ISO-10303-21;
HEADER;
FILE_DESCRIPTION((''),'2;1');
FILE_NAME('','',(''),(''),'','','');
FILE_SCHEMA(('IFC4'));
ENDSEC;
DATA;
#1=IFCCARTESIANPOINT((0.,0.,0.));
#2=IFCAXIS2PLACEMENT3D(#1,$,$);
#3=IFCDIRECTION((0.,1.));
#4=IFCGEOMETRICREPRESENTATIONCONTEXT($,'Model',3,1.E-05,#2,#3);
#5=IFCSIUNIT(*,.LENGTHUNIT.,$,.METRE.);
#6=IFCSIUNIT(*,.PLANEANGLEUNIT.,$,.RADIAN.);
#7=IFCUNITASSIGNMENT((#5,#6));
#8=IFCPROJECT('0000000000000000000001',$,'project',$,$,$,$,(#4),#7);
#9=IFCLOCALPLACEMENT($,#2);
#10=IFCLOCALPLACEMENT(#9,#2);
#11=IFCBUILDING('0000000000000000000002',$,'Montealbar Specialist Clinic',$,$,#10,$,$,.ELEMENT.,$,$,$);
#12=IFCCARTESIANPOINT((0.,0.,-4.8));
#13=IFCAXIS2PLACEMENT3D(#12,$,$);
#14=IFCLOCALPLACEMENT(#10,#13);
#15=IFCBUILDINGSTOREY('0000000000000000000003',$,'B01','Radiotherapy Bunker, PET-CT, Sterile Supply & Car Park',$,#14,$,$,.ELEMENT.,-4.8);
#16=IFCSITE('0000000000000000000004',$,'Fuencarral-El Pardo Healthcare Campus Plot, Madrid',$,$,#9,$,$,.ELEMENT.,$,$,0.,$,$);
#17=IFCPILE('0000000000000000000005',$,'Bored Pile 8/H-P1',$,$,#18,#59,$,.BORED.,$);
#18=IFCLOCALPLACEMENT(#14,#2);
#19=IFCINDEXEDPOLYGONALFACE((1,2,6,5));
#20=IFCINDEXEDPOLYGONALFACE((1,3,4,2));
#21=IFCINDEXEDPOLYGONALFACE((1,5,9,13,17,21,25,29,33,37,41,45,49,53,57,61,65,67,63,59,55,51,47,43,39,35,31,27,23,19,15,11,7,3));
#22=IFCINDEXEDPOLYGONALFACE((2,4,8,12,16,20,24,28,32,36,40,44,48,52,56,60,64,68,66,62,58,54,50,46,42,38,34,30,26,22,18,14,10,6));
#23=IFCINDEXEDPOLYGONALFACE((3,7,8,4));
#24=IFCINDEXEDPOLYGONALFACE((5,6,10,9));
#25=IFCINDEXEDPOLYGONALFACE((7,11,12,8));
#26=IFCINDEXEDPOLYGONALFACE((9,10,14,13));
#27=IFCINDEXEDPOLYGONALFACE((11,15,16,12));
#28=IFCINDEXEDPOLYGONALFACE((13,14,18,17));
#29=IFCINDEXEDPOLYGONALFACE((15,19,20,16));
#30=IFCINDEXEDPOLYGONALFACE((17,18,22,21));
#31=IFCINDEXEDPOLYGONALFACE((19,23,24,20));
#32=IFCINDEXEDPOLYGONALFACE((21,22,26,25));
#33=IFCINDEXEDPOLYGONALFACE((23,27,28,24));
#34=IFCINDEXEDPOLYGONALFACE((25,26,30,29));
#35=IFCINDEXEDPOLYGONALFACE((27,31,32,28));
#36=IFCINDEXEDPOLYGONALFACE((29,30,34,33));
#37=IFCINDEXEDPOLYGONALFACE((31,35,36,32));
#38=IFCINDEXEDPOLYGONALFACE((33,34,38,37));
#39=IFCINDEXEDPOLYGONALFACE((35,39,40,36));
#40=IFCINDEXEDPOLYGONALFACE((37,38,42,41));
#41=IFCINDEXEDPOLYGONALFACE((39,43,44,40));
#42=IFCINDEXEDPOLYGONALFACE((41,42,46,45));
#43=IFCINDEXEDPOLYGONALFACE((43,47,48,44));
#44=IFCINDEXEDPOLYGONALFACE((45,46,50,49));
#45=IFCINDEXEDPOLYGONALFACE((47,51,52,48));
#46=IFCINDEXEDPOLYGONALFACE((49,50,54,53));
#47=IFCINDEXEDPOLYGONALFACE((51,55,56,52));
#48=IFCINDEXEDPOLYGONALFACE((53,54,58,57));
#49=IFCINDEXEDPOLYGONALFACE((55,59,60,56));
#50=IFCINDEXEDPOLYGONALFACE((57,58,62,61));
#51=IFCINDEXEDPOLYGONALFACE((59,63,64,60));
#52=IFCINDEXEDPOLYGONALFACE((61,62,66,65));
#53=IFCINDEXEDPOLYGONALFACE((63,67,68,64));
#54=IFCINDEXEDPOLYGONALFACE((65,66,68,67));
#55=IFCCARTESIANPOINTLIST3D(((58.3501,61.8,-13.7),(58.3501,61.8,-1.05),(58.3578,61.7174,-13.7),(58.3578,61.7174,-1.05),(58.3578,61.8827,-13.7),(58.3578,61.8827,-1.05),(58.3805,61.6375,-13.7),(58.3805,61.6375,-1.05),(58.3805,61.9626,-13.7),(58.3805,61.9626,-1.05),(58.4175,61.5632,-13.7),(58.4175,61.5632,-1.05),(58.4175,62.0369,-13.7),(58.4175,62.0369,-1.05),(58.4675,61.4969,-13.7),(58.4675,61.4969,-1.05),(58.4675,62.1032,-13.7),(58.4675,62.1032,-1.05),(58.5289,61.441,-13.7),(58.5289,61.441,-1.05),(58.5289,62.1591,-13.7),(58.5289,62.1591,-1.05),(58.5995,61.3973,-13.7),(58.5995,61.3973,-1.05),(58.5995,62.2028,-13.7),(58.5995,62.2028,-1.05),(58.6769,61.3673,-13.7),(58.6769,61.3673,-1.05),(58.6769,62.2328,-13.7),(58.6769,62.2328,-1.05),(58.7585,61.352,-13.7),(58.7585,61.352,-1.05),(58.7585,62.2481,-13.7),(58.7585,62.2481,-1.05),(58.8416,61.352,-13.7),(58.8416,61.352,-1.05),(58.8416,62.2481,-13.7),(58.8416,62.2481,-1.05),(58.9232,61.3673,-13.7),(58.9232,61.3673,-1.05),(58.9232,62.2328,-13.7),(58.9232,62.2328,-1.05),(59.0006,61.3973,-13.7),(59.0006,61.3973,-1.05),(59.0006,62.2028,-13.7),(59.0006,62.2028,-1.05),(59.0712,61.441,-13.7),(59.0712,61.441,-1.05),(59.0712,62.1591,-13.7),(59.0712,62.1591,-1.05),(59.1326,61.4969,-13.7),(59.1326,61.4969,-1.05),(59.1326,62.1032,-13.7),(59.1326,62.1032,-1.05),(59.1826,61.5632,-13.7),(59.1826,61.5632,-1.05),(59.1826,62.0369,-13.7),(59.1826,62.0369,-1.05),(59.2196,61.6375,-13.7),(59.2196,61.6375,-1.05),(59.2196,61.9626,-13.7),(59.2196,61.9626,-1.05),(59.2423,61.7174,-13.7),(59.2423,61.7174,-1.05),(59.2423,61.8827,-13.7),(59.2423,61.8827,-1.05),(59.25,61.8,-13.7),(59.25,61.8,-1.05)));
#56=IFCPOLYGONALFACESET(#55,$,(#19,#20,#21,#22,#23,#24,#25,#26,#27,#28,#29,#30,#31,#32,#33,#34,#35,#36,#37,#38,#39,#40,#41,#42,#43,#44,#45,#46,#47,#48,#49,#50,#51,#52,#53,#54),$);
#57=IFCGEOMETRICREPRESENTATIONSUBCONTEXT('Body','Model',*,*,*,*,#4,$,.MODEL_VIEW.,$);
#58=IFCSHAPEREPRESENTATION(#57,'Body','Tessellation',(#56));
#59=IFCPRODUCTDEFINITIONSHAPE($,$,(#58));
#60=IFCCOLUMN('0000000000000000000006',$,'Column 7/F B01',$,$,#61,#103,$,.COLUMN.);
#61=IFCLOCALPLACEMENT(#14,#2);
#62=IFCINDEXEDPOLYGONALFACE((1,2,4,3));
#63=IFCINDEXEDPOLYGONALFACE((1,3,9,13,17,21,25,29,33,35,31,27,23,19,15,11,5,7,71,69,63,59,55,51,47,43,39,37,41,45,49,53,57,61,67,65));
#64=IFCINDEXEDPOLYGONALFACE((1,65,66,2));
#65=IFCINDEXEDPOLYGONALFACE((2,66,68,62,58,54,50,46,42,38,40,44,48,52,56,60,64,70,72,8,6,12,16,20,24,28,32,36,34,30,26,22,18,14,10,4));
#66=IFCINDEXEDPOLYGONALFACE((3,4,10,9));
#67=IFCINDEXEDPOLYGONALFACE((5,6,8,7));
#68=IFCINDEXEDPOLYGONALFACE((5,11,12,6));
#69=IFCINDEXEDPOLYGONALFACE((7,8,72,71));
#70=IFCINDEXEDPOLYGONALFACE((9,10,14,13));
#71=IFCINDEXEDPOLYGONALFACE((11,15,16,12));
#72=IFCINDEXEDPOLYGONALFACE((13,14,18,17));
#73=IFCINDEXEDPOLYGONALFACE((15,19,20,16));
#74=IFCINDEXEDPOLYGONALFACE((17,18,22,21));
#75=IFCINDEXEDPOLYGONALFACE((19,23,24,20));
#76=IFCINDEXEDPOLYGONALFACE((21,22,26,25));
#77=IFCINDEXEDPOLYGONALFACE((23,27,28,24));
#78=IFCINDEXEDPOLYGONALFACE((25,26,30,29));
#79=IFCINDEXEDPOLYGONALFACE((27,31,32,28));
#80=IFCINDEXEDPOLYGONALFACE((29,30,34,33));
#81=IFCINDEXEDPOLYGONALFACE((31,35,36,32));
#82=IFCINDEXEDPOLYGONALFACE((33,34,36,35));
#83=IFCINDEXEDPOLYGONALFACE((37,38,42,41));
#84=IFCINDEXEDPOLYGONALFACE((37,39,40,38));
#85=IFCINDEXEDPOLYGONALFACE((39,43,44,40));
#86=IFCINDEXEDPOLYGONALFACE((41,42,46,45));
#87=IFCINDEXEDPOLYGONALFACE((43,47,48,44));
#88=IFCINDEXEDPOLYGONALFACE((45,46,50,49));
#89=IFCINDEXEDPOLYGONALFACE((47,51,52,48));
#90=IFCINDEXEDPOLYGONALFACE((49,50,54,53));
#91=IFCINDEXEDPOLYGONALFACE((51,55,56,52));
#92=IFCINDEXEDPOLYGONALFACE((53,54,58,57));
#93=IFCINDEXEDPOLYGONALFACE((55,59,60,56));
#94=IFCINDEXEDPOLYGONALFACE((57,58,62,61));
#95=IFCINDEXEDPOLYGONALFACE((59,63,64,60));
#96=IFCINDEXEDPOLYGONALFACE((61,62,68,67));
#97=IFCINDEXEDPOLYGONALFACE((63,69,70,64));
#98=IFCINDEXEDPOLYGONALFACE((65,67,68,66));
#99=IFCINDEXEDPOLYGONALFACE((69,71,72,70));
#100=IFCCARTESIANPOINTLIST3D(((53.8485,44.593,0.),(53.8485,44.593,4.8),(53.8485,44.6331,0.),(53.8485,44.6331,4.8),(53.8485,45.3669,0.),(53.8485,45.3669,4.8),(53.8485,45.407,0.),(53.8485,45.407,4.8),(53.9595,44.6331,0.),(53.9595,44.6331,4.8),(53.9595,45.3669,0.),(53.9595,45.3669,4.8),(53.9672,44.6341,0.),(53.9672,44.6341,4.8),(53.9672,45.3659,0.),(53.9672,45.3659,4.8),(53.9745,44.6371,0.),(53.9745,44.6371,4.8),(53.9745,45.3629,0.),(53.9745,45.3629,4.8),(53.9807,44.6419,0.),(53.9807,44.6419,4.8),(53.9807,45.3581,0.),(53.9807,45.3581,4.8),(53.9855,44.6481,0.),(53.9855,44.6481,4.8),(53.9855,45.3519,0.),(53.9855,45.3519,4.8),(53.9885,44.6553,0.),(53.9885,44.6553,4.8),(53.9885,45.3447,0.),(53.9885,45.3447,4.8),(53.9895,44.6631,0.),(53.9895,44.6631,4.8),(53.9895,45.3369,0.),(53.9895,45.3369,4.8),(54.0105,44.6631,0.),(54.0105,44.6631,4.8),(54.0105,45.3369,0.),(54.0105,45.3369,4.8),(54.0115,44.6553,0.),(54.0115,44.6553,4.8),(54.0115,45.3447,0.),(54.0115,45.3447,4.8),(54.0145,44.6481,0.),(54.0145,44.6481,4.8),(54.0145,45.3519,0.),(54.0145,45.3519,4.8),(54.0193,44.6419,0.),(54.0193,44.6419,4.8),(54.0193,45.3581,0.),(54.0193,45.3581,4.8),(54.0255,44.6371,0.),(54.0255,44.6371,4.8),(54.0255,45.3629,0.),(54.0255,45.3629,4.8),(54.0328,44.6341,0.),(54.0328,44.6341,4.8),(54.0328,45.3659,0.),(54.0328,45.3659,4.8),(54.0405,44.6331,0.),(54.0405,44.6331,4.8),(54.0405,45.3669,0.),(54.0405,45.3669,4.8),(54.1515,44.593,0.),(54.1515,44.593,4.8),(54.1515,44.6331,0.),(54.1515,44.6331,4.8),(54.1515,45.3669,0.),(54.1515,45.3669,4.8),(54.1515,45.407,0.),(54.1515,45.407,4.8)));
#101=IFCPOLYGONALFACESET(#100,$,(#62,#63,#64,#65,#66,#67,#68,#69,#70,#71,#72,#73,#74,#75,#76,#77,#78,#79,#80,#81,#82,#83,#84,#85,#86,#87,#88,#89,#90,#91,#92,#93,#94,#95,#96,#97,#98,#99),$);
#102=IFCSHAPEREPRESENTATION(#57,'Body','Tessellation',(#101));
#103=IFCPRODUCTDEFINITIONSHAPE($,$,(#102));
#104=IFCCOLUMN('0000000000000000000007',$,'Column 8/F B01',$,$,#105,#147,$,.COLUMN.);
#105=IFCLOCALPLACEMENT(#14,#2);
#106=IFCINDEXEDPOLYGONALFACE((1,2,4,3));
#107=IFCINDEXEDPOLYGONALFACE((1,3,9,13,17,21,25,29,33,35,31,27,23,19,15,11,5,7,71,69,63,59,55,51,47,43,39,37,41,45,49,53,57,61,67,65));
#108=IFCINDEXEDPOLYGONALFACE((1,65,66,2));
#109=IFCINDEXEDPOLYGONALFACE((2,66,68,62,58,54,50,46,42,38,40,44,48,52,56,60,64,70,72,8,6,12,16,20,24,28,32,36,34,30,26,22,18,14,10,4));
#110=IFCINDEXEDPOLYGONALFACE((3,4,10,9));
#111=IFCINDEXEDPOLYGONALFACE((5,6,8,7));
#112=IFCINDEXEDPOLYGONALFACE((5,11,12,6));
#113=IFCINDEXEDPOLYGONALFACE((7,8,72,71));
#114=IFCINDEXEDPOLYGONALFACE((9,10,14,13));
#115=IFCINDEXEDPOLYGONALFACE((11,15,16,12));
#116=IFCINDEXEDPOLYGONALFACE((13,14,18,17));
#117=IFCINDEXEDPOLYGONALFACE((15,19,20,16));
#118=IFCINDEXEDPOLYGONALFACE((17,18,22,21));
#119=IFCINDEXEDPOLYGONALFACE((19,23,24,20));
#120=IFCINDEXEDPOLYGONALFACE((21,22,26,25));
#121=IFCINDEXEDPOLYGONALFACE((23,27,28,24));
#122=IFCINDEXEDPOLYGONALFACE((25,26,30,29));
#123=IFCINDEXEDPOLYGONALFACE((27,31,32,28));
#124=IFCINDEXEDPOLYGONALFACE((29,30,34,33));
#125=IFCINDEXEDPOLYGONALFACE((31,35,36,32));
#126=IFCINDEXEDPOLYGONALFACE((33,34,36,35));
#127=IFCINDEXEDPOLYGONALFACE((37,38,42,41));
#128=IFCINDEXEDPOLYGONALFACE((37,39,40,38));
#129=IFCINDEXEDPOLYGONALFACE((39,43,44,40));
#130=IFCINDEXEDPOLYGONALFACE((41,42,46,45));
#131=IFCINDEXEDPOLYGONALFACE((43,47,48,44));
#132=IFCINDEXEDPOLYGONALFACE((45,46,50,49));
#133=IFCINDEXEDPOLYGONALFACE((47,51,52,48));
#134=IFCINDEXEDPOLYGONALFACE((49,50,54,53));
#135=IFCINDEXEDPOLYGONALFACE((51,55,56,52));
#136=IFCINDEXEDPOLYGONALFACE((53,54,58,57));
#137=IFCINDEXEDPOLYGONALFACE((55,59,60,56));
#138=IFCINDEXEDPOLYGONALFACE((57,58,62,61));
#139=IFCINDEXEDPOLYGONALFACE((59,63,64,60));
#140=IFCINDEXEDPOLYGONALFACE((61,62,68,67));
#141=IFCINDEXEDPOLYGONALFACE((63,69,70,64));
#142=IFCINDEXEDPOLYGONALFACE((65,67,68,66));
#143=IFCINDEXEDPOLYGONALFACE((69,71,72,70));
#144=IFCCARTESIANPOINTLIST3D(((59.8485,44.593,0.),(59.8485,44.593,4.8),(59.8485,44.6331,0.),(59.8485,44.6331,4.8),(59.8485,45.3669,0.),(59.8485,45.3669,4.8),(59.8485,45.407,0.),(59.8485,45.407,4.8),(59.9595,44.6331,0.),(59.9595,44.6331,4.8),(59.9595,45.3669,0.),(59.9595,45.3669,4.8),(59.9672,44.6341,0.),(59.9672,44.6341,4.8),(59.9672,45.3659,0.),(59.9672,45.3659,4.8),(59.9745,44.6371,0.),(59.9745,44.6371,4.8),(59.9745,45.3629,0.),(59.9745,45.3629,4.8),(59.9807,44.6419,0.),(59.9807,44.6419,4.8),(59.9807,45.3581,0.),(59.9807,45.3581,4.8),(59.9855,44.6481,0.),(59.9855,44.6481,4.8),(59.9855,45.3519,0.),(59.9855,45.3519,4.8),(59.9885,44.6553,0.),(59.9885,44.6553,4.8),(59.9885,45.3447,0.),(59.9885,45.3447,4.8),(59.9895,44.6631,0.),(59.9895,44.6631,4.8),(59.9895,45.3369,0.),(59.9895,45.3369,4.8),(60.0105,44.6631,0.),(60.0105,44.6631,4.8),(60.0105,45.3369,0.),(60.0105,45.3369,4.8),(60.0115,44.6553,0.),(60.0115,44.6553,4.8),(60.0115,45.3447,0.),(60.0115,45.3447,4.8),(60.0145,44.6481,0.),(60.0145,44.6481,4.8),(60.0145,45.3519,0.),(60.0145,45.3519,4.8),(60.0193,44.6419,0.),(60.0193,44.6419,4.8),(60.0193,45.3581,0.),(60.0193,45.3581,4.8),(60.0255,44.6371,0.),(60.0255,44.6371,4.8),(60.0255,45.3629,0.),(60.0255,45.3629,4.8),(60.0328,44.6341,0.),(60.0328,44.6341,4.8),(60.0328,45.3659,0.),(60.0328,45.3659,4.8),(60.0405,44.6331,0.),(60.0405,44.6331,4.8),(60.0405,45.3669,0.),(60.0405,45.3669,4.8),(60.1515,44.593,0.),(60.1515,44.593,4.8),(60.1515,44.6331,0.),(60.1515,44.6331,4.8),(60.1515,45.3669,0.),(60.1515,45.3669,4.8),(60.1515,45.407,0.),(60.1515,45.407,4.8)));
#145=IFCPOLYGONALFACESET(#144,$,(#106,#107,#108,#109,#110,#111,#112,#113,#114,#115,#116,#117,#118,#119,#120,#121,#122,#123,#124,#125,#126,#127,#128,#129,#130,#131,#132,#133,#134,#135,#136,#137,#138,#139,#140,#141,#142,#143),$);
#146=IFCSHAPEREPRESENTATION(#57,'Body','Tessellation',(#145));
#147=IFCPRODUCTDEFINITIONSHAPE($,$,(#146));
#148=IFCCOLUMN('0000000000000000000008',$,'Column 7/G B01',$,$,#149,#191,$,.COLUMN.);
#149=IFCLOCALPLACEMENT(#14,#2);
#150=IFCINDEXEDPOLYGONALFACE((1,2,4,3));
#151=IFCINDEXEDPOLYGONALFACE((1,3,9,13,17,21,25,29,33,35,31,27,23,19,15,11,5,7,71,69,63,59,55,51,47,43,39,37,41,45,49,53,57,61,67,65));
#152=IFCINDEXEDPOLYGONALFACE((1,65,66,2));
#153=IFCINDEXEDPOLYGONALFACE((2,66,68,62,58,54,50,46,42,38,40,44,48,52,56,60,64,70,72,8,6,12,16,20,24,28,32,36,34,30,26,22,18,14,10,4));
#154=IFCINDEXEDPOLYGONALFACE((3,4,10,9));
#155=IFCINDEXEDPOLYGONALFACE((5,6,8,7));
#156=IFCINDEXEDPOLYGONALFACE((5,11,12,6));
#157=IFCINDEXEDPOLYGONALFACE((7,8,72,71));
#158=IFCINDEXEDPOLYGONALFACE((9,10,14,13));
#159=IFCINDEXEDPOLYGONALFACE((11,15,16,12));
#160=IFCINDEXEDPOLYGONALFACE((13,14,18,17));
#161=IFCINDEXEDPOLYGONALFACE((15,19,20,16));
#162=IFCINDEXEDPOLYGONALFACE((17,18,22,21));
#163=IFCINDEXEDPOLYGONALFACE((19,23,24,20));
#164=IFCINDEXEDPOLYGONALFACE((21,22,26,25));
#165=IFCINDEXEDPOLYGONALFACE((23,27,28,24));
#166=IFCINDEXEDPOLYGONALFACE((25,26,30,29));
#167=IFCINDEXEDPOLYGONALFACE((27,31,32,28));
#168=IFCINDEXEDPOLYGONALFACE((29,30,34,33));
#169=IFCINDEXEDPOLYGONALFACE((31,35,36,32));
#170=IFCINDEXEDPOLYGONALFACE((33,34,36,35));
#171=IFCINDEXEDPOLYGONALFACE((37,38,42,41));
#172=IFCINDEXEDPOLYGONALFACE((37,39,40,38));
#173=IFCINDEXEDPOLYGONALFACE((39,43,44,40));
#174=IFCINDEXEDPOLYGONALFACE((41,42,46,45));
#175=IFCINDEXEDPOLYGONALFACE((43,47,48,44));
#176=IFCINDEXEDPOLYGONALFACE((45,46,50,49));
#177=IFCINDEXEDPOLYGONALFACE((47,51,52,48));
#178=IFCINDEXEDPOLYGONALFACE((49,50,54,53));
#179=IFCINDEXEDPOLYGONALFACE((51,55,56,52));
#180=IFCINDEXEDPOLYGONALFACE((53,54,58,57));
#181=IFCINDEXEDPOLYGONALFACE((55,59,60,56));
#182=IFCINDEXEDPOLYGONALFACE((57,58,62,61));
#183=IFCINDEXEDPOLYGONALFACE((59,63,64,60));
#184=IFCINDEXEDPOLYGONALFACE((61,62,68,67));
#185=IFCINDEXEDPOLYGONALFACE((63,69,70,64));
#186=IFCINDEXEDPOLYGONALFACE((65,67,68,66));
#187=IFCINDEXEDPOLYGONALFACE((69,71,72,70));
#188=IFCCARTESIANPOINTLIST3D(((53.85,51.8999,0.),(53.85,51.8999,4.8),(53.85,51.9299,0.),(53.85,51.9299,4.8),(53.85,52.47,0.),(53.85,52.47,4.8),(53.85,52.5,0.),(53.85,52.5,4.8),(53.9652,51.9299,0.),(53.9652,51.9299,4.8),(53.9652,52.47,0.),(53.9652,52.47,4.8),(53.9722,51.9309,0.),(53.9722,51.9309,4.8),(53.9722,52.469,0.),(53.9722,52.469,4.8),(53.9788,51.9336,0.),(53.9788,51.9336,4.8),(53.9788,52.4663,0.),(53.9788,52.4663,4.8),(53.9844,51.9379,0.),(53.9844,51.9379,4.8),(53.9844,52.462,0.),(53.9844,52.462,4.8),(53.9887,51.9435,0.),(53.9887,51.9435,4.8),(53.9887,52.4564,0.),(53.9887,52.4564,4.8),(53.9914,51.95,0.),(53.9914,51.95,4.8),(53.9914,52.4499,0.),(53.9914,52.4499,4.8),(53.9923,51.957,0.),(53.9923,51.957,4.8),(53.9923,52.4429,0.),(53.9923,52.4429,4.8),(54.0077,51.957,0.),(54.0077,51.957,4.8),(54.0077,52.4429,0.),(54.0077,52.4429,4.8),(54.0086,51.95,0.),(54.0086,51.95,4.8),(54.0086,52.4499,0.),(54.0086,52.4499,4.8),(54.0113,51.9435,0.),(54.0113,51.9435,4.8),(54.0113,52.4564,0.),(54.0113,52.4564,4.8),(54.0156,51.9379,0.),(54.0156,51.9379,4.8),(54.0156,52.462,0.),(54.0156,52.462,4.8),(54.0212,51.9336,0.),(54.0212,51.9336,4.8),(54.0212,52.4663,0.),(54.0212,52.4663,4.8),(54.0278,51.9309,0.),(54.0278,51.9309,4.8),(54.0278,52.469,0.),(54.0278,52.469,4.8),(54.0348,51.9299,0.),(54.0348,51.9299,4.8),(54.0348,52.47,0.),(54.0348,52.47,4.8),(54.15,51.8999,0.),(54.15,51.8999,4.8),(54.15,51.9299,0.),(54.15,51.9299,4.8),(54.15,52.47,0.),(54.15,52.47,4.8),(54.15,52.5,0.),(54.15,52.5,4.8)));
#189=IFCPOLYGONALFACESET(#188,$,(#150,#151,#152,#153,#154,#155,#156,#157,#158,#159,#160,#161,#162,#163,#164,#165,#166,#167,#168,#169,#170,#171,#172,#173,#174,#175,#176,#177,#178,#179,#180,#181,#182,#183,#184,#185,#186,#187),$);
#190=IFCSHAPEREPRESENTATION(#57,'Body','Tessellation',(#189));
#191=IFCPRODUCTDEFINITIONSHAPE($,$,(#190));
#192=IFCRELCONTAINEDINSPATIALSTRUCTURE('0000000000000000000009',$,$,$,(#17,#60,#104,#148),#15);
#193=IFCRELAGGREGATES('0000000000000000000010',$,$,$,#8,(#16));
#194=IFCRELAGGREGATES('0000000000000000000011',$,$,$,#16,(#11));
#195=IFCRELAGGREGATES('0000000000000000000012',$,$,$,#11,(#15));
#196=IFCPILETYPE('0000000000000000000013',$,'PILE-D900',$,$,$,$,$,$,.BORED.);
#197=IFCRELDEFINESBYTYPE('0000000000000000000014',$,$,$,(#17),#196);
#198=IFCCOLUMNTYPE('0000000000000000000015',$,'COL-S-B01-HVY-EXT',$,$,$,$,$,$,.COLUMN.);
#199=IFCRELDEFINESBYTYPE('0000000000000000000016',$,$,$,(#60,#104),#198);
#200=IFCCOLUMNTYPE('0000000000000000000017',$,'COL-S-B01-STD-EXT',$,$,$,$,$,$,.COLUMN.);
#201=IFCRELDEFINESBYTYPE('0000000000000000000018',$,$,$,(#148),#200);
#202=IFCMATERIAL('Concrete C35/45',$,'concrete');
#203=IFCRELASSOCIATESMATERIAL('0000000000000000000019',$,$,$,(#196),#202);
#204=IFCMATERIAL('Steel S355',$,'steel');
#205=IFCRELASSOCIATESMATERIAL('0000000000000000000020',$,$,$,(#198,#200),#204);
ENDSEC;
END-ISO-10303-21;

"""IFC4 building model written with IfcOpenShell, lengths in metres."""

from ifc_helpers import new_model, si_unit, direction, frame, origin, origin_2d, place, context, subcontext, project, spatial, circle, i_section, extrude, material, material_profile, profile_set, type_object, element, save


model = new_model("IFC4")

# Units and contexts
model_context = context("Model", 3, precision=1e-05, world=origin(), true_north=direction((0.0, 1.0)))
body_context = subcontext(model_context, "Body", "Model", "MODEL_VIEW")
ifc_project = project(units=[si_unit("LENGTHUNIT", "METRE"), si_unit("PLANEANGLEUNIT", "RADIAN")], contexts=[model_context])

# Site, building, storey
site_placement = place(None, origin())
site = spatial("IfcSite", under=ifc_project, at=site_placement, Name="Fuencarral-El Pardo Healthcare Campus Plot, Madrid", CompositionType="ELEMENT", RefElevation=0.0)
building_placement = place(site_placement, origin())
building = spatial("IfcBuilding", under=site, at=building_placement, Name="Montealbar Specialist Clinic", CompositionType="ELEMENT")
storey_placement = place(building_placement, frame((0.0, 0.0, -4.8)))
storey = spatial("IfcBuildingStorey", under=building, at=storey_placement, Name="B01", Description="Radiotherapy Bunker, PET-CT, Sterile Supply & Car Park", CompositionType="ELEMENT", Elevation=-4.8)

# Shared definitions
ifc_material_1 = material(Name="Concrete C35/45", Category="concrete")

# Pile
ifc_material_profile_1 = material_profile(ifc_material_1, circle(Radius=0.45, at=origin_2d()), Name="PILE D900", Category="concrete")
ifc_profile_set_1 = profile_set([ifc_material_profile_1], Name="Concrete C35/45")
pile_type_1 = type_object("IfcPileType", Name="PILE-D900", PredefinedType="BORED", material=ifc_profile_set_1)
pile_1_placement = place(storey_placement, frame((58.8, 61.8, -1.05), z_axis=(0.0, 0.0, -1.0), x_axis=(1.0, 0.0, 0.0)))
element("IfcPile", 1, at=pile_1_placement, inside=storey, type_object=pile_type_1, Name="Bored Pile 8/H-P1", PredefinedType="BORED", context=body_context, shape_type="SweptSolid", body=[
    extrude(circle(Radius=0.45, at=origin_2d()), origin(), (0.0, 0.0, 1.0), 12.6499),
])

# Columns
ifc_material_2 = material(Name="Steel S355", Category="steel")
ifc_material_profile_2 = material_profile(ifc_material_2, i_section(OverallWidth=0.303, OverallDepth=0.814, WebThickness=0.021, FlangeThickness=0.04, FilletRadius=0.03, at=origin_2d()), Name="HEM 800", Category="steel")
ifc_profile_set_2 = profile_set([ifc_material_profile_2], Name="Steel S355")
column_type_1 = type_object("IfcColumnType", Name="COL-S-B01-HVY-EXT", PredefinedType="COLUMN", material=ifc_profile_set_2)
for number, where, z_axis, x_axis, name in (
    (2, (54.0, 45.0, 0.0), (0.0, 0.0, 1.0), (1.0, 0.0, 0.0), "Column 7/F B01"),
    (3, (60.0, 45.0, 0.0), (0.0, 0.0, 1.0), (1.0, 0.0, 0.0), "Column 8/F B01"),
):
    element("IfcColumn", number, at=place(storey_placement, frame(where, z_axis=z_axis, x_axis=x_axis)), inside=storey, type_object=column_type_1, Name=name, PredefinedType="COLUMN", context=body_context, shape_type="SweptSolid", body=[
        extrude(i_section(OverallWidth=0.303, OverallDepth=0.814, WebThickness=0.021, FlangeThickness=0.04, FilletRadius=0.03, at=origin_2d()), origin(), (0.0, 0.0, 1.0), 4.8),
    ])
ifc_material_profile_3 = material_profile(ifc_material_2, i_section(OverallWidth=0.3, OverallDepth=0.6001, WebThickness=0.0154, FlangeThickness=0.03, FilletRadius=0.0271, at=origin_2d()), Name="HEB 600", Category="steel")
ifc_profile_set_3 = profile_set([ifc_material_profile_3], Name="Steel S355")
column_type_2 = type_object("IfcColumnType", Name="COL-S-B01-STD-EXT", PredefinedType="COLUMN", material=ifc_profile_set_3)
for number, where, z_axis, x_axis, name in (
    (4, (54.0, 52.2, 0.0), (0.0, 0.0, 1.0), (1.0, 0.0, 0.0), "Column 7/G B01"),
):
    element("IfcColumn", number, at=place(storey_placement, frame(where, z_axis=z_axis, x_axis=x_axis)), inside=storey, type_object=column_type_2, Name=name, PredefinedType="COLUMN", context=body_context, shape_type="SweptSolid", body=[
        extrude(i_section(OverallWidth=0.3, OverallDepth=0.6001, WebThickness=0.0154, FlangeThickness=0.03, FilletRadius=0.0271, at=origin_2d()), origin(), (0.0, 0.0, 1.0), 4.8),
    ])

save(model, "model.ifc")
